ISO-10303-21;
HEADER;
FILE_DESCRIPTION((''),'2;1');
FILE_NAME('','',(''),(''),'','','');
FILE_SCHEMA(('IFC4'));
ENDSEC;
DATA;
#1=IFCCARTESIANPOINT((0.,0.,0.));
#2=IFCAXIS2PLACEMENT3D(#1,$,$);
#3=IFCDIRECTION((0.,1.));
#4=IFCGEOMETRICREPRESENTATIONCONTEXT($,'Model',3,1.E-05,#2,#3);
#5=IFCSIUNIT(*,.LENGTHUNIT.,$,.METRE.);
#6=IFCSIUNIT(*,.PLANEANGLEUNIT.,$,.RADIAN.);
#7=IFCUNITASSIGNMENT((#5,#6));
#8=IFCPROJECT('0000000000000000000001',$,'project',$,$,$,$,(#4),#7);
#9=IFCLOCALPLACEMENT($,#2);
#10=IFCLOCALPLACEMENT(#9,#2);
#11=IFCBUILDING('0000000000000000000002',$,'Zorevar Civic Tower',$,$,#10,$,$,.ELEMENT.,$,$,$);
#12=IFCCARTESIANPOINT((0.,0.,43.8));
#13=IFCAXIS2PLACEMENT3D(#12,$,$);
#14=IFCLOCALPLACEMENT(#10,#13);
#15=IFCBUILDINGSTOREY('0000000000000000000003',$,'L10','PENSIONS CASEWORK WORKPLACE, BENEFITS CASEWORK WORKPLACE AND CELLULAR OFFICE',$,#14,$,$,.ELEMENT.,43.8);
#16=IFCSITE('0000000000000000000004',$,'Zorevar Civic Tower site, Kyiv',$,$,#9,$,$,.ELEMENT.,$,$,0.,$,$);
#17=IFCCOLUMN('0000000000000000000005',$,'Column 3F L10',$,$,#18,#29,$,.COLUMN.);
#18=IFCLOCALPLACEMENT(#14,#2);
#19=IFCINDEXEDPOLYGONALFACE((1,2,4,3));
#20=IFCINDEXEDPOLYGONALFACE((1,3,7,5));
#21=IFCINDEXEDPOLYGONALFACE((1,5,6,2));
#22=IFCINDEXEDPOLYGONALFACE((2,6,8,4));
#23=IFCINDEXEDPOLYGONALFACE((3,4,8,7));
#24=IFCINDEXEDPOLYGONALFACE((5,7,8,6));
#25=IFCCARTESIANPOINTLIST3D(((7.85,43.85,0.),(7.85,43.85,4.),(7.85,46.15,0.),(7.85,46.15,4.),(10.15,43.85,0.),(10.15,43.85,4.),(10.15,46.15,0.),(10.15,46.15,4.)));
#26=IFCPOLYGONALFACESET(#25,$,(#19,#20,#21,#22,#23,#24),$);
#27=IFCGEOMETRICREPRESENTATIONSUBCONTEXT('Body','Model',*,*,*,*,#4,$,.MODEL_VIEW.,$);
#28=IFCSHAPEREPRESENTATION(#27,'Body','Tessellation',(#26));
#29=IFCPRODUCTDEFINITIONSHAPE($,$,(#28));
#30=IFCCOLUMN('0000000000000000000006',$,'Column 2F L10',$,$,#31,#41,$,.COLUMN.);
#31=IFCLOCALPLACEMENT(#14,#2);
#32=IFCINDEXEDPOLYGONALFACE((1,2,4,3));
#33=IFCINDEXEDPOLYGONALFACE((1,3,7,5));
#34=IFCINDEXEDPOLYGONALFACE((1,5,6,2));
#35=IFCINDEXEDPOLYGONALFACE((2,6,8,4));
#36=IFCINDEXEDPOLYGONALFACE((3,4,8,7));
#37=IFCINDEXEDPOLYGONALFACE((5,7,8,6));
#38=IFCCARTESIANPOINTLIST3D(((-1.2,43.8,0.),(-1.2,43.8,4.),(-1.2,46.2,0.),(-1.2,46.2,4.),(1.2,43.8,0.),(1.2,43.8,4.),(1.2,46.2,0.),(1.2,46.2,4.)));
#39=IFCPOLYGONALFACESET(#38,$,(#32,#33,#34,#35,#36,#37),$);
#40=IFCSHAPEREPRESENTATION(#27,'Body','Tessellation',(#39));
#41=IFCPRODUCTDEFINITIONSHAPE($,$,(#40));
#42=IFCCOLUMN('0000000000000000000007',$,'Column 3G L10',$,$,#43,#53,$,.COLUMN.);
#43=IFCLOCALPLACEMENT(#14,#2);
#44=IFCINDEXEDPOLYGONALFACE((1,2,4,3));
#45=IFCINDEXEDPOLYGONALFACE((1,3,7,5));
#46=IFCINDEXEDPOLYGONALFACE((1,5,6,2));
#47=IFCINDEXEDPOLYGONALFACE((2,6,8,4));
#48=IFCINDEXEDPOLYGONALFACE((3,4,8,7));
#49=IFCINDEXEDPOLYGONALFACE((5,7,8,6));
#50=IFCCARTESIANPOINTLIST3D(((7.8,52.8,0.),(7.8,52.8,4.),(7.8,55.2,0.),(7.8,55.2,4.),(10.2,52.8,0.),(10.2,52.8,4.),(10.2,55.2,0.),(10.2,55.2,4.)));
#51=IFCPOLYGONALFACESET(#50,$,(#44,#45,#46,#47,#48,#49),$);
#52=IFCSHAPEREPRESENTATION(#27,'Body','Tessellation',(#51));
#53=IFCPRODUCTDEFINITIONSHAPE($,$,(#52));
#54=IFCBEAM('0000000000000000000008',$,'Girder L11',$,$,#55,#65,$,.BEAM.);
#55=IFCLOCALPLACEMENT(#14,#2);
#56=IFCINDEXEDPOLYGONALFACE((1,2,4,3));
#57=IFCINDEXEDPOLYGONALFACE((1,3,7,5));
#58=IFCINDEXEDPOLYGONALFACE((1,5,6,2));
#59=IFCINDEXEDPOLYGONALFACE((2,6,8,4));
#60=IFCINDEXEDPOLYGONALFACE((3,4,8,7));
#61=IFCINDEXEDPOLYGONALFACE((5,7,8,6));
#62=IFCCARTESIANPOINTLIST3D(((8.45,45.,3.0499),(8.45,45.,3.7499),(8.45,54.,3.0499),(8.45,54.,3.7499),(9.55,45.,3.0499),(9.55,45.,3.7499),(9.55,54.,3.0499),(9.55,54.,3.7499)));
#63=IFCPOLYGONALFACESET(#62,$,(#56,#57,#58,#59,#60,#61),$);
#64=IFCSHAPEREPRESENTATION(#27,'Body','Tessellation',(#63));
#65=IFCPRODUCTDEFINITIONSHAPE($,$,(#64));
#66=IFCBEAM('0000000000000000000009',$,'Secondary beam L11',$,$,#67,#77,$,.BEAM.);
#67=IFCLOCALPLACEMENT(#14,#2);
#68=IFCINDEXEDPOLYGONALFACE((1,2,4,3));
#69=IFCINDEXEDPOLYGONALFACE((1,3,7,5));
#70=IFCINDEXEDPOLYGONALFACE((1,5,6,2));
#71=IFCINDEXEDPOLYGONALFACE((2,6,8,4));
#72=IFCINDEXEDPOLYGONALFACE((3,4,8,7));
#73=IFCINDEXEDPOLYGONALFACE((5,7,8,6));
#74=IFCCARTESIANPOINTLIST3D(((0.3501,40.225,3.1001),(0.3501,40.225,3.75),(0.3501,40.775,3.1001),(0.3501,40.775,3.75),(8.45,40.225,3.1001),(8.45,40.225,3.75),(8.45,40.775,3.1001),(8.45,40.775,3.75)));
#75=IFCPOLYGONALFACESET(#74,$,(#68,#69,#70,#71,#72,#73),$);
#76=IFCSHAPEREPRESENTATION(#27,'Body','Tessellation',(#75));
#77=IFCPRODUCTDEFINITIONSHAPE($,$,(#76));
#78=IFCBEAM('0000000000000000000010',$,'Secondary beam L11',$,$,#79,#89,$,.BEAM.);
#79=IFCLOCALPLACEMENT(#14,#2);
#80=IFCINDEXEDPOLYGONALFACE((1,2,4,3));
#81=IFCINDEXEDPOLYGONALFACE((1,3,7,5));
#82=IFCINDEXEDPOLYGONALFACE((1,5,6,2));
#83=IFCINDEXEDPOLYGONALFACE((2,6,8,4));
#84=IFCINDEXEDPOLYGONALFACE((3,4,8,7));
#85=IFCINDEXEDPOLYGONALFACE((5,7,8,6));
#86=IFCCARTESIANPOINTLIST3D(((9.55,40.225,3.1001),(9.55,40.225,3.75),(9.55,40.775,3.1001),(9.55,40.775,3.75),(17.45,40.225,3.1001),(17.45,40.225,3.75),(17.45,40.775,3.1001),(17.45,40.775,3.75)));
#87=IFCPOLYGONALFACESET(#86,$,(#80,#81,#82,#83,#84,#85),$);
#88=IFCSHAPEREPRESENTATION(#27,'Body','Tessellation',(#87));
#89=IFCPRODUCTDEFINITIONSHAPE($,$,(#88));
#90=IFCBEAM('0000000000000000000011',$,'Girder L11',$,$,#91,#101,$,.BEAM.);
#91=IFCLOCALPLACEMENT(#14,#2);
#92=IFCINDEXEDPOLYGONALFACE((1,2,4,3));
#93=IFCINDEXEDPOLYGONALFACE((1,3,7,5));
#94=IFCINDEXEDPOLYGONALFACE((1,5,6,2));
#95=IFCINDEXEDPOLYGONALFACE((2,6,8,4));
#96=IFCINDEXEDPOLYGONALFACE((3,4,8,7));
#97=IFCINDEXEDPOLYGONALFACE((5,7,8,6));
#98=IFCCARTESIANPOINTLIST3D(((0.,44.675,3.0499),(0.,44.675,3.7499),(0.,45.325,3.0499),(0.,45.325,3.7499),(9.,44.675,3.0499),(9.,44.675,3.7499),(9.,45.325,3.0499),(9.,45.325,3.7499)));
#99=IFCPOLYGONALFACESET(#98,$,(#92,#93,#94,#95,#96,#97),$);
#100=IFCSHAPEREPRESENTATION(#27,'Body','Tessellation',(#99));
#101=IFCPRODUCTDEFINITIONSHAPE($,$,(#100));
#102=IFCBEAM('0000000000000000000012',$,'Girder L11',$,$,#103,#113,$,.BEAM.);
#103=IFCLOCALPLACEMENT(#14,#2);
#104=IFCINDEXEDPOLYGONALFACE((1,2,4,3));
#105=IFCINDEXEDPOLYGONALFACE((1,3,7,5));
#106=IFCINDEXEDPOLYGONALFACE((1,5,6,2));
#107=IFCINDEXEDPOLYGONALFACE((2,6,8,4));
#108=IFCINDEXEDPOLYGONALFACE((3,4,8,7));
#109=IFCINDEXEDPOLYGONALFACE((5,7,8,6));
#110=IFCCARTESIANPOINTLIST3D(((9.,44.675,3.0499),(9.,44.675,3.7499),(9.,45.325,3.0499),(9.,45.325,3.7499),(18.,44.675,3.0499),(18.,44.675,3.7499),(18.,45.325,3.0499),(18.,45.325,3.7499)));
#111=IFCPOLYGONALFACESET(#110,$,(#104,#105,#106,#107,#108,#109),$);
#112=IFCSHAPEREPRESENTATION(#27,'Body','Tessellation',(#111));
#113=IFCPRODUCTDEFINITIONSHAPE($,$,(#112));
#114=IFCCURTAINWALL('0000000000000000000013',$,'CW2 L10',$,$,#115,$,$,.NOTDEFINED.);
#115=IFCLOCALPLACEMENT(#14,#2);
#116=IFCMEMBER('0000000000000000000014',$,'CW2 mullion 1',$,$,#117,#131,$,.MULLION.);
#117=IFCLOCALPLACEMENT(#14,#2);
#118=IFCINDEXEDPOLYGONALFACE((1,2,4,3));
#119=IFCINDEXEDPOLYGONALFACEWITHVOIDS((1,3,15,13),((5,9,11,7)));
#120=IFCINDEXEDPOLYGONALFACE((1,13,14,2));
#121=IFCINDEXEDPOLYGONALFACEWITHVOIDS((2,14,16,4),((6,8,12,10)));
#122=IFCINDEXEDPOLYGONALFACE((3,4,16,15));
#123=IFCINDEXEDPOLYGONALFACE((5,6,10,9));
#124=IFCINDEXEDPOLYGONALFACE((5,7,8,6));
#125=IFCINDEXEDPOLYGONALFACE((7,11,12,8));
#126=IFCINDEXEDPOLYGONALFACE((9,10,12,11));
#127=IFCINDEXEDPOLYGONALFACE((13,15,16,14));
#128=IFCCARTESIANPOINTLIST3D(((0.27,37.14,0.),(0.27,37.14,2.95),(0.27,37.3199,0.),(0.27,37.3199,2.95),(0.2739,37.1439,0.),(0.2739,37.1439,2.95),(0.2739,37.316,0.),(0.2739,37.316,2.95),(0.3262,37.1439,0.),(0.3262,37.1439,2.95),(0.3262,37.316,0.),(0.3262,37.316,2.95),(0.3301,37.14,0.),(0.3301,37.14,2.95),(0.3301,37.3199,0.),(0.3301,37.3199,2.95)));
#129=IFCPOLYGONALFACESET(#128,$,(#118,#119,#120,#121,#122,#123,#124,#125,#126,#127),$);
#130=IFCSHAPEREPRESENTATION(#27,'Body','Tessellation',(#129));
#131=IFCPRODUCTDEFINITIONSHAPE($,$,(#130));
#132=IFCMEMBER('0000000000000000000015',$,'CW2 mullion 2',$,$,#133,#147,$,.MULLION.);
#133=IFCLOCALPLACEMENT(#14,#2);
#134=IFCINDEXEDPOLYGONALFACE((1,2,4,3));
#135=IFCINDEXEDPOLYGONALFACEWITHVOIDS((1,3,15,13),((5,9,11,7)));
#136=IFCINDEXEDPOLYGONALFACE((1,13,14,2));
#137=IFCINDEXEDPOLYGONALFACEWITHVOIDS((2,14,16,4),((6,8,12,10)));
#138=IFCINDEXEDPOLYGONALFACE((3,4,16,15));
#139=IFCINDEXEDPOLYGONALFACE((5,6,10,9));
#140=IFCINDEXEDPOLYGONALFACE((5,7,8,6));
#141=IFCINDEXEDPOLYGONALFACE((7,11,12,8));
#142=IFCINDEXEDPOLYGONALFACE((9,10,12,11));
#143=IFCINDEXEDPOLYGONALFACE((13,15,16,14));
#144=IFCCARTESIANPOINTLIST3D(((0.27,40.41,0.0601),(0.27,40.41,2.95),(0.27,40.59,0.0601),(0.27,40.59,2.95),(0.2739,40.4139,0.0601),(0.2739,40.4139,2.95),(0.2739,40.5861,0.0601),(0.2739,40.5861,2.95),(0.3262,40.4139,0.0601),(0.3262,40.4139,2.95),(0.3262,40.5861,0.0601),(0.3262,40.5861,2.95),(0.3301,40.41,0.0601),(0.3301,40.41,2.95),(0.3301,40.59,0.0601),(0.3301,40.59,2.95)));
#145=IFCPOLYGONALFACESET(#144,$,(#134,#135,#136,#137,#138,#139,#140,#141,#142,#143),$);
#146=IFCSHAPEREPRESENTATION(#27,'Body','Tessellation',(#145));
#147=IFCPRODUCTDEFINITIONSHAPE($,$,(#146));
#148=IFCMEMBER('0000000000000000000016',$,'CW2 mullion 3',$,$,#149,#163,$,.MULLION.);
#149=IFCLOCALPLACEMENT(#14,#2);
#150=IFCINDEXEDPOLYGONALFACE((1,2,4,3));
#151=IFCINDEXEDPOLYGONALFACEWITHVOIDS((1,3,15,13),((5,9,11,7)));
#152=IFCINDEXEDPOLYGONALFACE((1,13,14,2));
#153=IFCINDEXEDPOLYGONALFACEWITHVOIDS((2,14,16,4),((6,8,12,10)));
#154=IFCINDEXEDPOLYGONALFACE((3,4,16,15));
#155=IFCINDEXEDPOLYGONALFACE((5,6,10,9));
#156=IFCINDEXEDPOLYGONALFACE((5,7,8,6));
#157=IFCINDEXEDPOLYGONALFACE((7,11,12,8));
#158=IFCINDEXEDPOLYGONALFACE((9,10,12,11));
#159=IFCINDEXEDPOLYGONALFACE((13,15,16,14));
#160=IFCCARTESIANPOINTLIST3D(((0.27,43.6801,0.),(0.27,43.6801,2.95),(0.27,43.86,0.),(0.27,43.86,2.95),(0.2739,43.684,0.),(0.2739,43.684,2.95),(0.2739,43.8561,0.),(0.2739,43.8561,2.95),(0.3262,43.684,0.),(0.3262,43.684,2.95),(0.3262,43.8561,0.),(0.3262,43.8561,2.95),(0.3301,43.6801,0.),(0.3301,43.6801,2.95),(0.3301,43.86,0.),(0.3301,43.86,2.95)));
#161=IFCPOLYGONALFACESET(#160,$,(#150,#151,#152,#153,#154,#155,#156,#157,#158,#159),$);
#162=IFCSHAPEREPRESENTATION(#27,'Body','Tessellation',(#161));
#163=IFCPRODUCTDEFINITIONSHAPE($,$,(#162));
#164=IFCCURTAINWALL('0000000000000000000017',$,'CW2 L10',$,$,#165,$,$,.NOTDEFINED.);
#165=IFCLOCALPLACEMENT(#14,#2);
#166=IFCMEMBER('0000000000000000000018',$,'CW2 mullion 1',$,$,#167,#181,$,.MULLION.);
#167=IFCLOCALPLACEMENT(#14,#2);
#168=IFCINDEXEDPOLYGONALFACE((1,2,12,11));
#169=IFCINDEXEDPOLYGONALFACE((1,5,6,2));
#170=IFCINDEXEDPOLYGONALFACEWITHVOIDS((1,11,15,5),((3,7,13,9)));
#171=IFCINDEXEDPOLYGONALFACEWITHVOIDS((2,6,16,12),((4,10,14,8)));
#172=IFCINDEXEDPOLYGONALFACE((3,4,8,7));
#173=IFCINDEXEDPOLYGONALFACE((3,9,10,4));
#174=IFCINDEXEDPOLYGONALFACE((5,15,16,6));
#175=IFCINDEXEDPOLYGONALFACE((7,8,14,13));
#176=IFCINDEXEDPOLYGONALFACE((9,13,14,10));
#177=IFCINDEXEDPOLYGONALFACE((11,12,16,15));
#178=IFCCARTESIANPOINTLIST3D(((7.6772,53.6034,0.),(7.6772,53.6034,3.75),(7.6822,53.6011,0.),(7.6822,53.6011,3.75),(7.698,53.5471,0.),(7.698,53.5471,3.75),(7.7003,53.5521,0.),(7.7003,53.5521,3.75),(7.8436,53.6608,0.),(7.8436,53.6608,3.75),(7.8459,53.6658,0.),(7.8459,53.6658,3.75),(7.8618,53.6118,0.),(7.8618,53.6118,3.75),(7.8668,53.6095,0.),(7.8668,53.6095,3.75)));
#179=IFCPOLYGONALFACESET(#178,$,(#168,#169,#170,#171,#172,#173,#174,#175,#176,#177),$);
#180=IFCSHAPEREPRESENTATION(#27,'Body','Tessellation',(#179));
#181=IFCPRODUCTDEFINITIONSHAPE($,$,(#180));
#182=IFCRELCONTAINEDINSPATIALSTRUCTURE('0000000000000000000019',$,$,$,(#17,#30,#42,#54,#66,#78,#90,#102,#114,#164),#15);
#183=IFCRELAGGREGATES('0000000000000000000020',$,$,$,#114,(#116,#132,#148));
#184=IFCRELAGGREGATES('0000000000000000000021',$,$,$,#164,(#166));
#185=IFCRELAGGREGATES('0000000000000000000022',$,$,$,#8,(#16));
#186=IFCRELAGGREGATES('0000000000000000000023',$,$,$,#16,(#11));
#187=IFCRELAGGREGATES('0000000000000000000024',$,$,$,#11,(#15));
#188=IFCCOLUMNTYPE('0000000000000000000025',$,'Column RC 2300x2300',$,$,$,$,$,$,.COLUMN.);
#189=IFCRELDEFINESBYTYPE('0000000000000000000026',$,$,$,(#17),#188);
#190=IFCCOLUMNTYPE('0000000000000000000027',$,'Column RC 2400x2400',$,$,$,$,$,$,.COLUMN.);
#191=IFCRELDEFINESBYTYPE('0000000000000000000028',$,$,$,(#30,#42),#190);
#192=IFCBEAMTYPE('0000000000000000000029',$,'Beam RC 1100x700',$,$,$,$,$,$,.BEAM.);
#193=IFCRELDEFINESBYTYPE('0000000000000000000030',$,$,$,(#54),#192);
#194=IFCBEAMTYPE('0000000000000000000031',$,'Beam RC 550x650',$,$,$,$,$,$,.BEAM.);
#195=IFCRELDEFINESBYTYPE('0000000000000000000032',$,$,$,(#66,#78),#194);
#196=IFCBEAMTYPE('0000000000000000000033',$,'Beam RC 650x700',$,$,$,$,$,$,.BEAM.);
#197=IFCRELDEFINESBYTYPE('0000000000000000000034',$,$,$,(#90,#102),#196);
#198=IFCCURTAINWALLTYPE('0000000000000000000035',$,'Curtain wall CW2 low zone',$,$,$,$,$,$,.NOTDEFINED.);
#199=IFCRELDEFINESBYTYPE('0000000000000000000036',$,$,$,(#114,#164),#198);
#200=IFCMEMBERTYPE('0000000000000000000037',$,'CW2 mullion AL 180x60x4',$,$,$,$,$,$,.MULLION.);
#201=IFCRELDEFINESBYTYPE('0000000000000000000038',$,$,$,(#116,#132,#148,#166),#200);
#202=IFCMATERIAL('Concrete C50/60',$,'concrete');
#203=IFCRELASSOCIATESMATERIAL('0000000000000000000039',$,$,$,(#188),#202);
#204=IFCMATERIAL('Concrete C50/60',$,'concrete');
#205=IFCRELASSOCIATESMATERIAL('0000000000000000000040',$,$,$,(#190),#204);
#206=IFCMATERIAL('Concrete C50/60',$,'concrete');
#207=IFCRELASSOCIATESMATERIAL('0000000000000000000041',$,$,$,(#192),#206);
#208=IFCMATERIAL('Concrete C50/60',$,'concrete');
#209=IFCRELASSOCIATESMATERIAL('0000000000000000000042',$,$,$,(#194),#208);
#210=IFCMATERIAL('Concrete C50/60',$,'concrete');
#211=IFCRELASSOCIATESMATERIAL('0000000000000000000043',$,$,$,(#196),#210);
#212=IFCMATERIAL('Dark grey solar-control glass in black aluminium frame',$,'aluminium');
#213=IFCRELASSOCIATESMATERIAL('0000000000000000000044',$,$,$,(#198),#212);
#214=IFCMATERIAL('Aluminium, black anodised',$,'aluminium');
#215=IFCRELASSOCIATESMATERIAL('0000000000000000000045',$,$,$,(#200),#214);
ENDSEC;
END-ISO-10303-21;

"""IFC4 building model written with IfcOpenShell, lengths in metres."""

from ifc_helpers import new_model, si_unit, direction, frame, origin, origin_2d, place, context, subcontext, project, spatial, rectangle, hollow_rectangle, extrude, material, material_profile, profile_set, type_object, element, aggregate, save


model = new_model("IFC4")

# Units and contexts
model_context = context("Model", 3, precision=1e-05, world=origin(), true_north=direction((0.0, 1.0)))
body_context = subcontext(model_context, "Body", "Model", "MODEL_VIEW")
ifc_project = project(units=[si_unit("LENGTHUNIT", "METRE"), si_unit("PLANEANGLEUNIT", "RADIAN")], contexts=[model_context])

# Site, building, storey
site_placement = place(None, origin())
site = spatial("IfcSite", under=ifc_project, at=site_placement, Name="Zorevar Civic Tower site, Kyiv", CompositionType="ELEMENT", RefElevation=0.0)
building_placement = place(site_placement, origin())
building = spatial("IfcBuilding", under=site, at=building_placement, Name="Zorevar Civic Tower", CompositionType="ELEMENT")
storey_placement = place(building_placement, frame((0.0, 0.0, 43.8)))
storey = spatial("IfcBuildingStorey", under=building, at=storey_placement, Name="L10", Description="PENSIONS CASEWORK WORKPLACE, BENEFITS CASEWORK WORKPLACE AND CELLULAR OFFICE", CompositionType="ELEMENT", Elevation=43.8)

# Columns
ifc_material_1 = material(Name="Concrete C50/60", Category="concrete")
ifc_material_profile_1 = material_profile(ifc_material_1, rectangle(XDim=2.3, YDim=2.3, at=origin_2d()), Name="RC 2300x2300")
ifc_profile_set_1 = profile_set([ifc_material_profile_1], Name="Concrete C50/60")
column_type_1 = type_object("IfcColumnType", Name="Column RC 2300x2300", PredefinedType="COLUMN", material=ifc_profile_set_1)
column_placement = place(storey_placement, frame((9.0, 45.0, 0.0), z_axis=(0.0, 0.0, 1.0), x_axis=(1.0, 0.0, 0.0)))
element("IfcColumn", 1, at=column_placement, inside=storey, type_object=column_type_1, Name="Column 3F L10", PredefinedType="COLUMN", context=body_context, shape_type="SweptSolid", body=[
    extrude(rectangle(XDim=2.3, YDim=2.3, at=origin_2d()), origin(), (0.0, 0.0, 1.0), 4.0),
])
ifc_material_2 = material(Name="Concrete C50/60", Category="concrete")
ifc_material_profile_2 = material_profile(ifc_material_2, rectangle(XDim=2.3999, YDim=2.3999, at=origin_2d()), Name="RC 2400x2400")
ifc_profile_set_2 = profile_set([ifc_material_profile_2], Name="Concrete C50/60")
column_type_2 = type_object("IfcColumnType", Name="Column RC 2400x2400", PredefinedType="COLUMN", material=ifc_profile_set_2)
for number, where, z_axis, x_axis, name in (
    (2, (0.0, 45.0, 0.0), (0.0, 0.0, 1.0), (1.0, 0.0, 0.0), "Column 2F L10"),
    (3, (9.0, 54.0, 0.0), (0.0, 0.0, 1.0), (1.0, 0.0, 0.0), "Column 3G L10"),
):
    element("IfcColumn", number, at=place(storey_placement, frame(where, z_axis=z_axis, x_axis=x_axis)), inside=storey, type_object=column_type_2, Name=name, PredefinedType="COLUMN", context=body_context, shape_type="SweptSolid", body=[
        extrude(rectangle(XDim=2.3999, YDim=2.3999, at=origin_2d()), origin(), (0.0, 0.0, 1.0), 4.0),
    ])

# Beams
ifc_material_3 = material(Name="Concrete C50/60", Category="concrete")
ifc_material_profile_3 = material_profile(ifc_material_3, rectangle(XDim=1.1001, YDim=0.7, at=origin_2d()), Name="RC 1100x700")
ifc_profile_set_3 = profile_set([ifc_material_profile_3], Name="Concrete C50/60")
beam_type_1 = type_object("IfcBeamType", Name="Beam RC 1100x700", PredefinedType="BEAM", material=ifc_profile_set_3)
beam_1_placement = place(storey_placement, frame((9.0, 45.0, 3.3999), z_axis=(0.0, 1.0, 0.0), x_axis=(-1.0, 0.0, 0.0)))
element("IfcBeam", 4, at=beam_1_placement, inside=storey, type_object=beam_type_1, Name="Girder L11", PredefinedType="BEAM", context=body_context, shape_type="SweptSolid", body=[
    extrude(rectangle(XDim=1.1001, YDim=0.7, at=origin_2d()), origin(), (0.0, 0.0, 1.0), 9.0),
])
ifc_material_4 = material(Name="Concrete C50/60", Category="concrete")
ifc_material_profile_4 = material_profile(ifc_material_4, rectangle(XDim=0.55, YDim=0.6499, at=origin_2d()), Name="RC 550x650")
ifc_profile_set_4 = profile_set([ifc_material_profile_4], Name="Concrete C50/60")
beam_type_2 = type_object("IfcBeamType", Name="Beam RC 550x650", PredefinedType="BEAM", material=ifc_profile_set_4)
beam_2_placement = place(storey_placement, frame((0.3501, 40.5, 3.425), z_axis=(1.0, 0.0, 0.0), x_axis=(0.0, 1.0, 0.0)))
element("IfcBeam", 5, at=beam_2_placement, inside=storey, type_object=beam_type_2, Name="Secondary beam L11", PredefinedType="BEAM", context=body_context, shape_type="SweptSolid", body=[
    extrude(rectangle(XDim=0.55, YDim=0.6499, at=origin_2d()), origin(), (0.0, 0.0, 1.0), 8.0999),
])
beam_3_placement = place(storey_placement, frame((9.55, 40.5, 3.425), z_axis=(1.0, 0.0, 0.0), x_axis=(0.0, 1.0, 0.0)))
element("IfcBeam", 6, at=beam_3_placement, inside=storey, type_object=beam_type_2, Name="Secondary beam L11", PredefinedType="BEAM", context=body_context, shape_type="SweptSolid", body=[
    extrude(rectangle(XDim=0.55, YDim=0.6499, at=origin_2d()), origin(), (0.0, 0.0, 1.0), 7.8999),
])
ifc_material_5 = material(Name="Concrete C50/60", Category="concrete")
ifc_material_profile_5 = material_profile(ifc_material_5, rectangle(XDim=0.6499, YDim=0.7, at=origin_2d()), Name="RC 650x700")
ifc_profile_set_5 = profile_set([ifc_material_profile_5], Name="Concrete C50/60")
beam_type_3 = type_object("IfcBeamType", Name="Beam RC 650x700", PredefinedType="BEAM", material=ifc_profile_set_5)
for number, where, z_axis, x_axis, name in (
    (7, (0.0, 45.0, 3.3999), (1.0, 0.0, 0.0), (0.0, 1.0, 0.0), "Girder L11"),
    (8, (9.0, 45.0, 3.3999), (1.0, 0.0, 0.0), (0.0, 1.0, 0.0), "Girder L11"),
):
    element("IfcBeam", number, at=place(storey_placement, frame(where, z_axis=z_axis, x_axis=x_axis)), inside=storey, type_object=beam_type_3, Name=name, PredefinedType="BEAM", context=body_context, shape_type="SweptSolid", body=[
        extrude(rectangle(XDim=0.6499, YDim=0.7, at=origin_2d()), origin(), (0.0, 0.0, 1.0), 9.0),
    ])

# Curtain walls, members
ifc_material_6 = material(Name="Dark grey solar-control glass in black aluminium frame", Category="aluminium")
curtain_wall_type = type_object("IfcCurtainWallType", Name="Curtain wall CW2 low zone", PredefinedType="NOTDEFINED", material=ifc_material_6)
curtain_wall_1_placement = place(storey_placement, origin())
curtain_wall_1 = element("IfcCurtainWall", 9, at=curtain_wall_1_placement, inside=storey, type_object=curtain_wall_type, Name="CW2 L10", PredefinedType="NOTDEFINED")
ifc_material_7 = material(Name="Aluminium, black anodised", Category="aluminium")
ifc_material_profile_6 = material_profile(ifc_material_7, hollow_rectangle(XDim=0.0601, YDim=0.1799, WallThickness=0.0039, at=origin_2d()), Name="AL 180x60x4")
ifc_profile_set_6 = profile_set([ifc_material_profile_6], Name="Aluminium, black anodised")
member_type_1 = type_object("IfcMemberType", Name="CW2 mullion AL 180x60x4", PredefinedType="MULLION", material=ifc_profile_set_6)
member_1_placement = place(storey_placement, frame((0.3, 37.23, 0.0), z_axis=(0.0, 0.0, 1.0), x_axis=(-1.0, 0.0, 0.0)))
member_1 = element("IfcMember", 10, at=member_1_placement, type_object=member_type_1, Name="CW2 mullion 1", PredefinedType="MULLION", context=body_context, shape_type="SweptSolid", body=[
    extrude(hollow_rectangle(XDim=0.0601, YDim=0.1799, WallThickness=0.0039, at=origin_2d()), origin(), (0.0, 0.0, 1.0), 2.95),
])
member_2_placement = place(storey_placement, frame((0.3, 40.5, 0.0601), z_axis=(0.0, 0.0, 1.0), x_axis=(-1.0, 0.0, 0.0)))
member_2 = element("IfcMember", 11, at=member_2_placement, type_object=member_type_1, Name="CW2 mullion 2", PredefinedType="MULLION", context=body_context, shape_type="SweptSolid", body=[
    extrude(hollow_rectangle(XDim=0.0601, YDim=0.1799, WallThickness=0.0039, at=origin_2d()), origin(), (0.0, 0.0, 1.0), 2.8899),
])
member_3_placement = place(storey_placement, frame((0.3, 43.77, 0.0), z_axis=(0.0, 0.0, 1.0), x_axis=(-1.0, 0.0, 0.0)))
member_3 = element("IfcMember", 12, at=member_3_placement, type_object=member_type_1, Name="CW2 mullion 3", PredefinedType="MULLION", context=body_context, shape_type="SweptSolid", body=[
    extrude(hollow_rectangle(XDim=0.0601, YDim=0.1799, WallThickness=0.0039, at=origin_2d()), origin(), (0.0, 0.0, 1.0), 2.95),
])
curtain_wall_2_placement = place(storey_placement, origin())
curtain_wall_2 = element("IfcCurtainWall", 13, at=curtain_wall_2_placement, inside=storey, type_object=curtain_wall_type, Name="CW2 L10", PredefinedType="NOTDEFINED")
member_4_placement = place(storey_placement, frame((7.772, 53.6064, 0.0), z_axis=(0.0, 0.0, 1.0), x_axis=(0.346704, -0.937975, 0.0)))
member_4 = element("IfcMember", 14, at=member_4_placement, type_object=member_type_1, Name="CW2 mullion 1", PredefinedType="MULLION", context=body_context, shape_type="SweptSolid", body=[
    extrude(hollow_rectangle(XDim=0.0601, YDim=0.1799, WallThickness=0.0039, at=origin_2d()), origin(), (0.0, 0.0, 1.0), 3.75),
])

aggregate(curtain_wall_1, [member_1, member_2, member_3])
aggregate(curtain_wall_2, [member_4])

save(model, "model.ifc")
